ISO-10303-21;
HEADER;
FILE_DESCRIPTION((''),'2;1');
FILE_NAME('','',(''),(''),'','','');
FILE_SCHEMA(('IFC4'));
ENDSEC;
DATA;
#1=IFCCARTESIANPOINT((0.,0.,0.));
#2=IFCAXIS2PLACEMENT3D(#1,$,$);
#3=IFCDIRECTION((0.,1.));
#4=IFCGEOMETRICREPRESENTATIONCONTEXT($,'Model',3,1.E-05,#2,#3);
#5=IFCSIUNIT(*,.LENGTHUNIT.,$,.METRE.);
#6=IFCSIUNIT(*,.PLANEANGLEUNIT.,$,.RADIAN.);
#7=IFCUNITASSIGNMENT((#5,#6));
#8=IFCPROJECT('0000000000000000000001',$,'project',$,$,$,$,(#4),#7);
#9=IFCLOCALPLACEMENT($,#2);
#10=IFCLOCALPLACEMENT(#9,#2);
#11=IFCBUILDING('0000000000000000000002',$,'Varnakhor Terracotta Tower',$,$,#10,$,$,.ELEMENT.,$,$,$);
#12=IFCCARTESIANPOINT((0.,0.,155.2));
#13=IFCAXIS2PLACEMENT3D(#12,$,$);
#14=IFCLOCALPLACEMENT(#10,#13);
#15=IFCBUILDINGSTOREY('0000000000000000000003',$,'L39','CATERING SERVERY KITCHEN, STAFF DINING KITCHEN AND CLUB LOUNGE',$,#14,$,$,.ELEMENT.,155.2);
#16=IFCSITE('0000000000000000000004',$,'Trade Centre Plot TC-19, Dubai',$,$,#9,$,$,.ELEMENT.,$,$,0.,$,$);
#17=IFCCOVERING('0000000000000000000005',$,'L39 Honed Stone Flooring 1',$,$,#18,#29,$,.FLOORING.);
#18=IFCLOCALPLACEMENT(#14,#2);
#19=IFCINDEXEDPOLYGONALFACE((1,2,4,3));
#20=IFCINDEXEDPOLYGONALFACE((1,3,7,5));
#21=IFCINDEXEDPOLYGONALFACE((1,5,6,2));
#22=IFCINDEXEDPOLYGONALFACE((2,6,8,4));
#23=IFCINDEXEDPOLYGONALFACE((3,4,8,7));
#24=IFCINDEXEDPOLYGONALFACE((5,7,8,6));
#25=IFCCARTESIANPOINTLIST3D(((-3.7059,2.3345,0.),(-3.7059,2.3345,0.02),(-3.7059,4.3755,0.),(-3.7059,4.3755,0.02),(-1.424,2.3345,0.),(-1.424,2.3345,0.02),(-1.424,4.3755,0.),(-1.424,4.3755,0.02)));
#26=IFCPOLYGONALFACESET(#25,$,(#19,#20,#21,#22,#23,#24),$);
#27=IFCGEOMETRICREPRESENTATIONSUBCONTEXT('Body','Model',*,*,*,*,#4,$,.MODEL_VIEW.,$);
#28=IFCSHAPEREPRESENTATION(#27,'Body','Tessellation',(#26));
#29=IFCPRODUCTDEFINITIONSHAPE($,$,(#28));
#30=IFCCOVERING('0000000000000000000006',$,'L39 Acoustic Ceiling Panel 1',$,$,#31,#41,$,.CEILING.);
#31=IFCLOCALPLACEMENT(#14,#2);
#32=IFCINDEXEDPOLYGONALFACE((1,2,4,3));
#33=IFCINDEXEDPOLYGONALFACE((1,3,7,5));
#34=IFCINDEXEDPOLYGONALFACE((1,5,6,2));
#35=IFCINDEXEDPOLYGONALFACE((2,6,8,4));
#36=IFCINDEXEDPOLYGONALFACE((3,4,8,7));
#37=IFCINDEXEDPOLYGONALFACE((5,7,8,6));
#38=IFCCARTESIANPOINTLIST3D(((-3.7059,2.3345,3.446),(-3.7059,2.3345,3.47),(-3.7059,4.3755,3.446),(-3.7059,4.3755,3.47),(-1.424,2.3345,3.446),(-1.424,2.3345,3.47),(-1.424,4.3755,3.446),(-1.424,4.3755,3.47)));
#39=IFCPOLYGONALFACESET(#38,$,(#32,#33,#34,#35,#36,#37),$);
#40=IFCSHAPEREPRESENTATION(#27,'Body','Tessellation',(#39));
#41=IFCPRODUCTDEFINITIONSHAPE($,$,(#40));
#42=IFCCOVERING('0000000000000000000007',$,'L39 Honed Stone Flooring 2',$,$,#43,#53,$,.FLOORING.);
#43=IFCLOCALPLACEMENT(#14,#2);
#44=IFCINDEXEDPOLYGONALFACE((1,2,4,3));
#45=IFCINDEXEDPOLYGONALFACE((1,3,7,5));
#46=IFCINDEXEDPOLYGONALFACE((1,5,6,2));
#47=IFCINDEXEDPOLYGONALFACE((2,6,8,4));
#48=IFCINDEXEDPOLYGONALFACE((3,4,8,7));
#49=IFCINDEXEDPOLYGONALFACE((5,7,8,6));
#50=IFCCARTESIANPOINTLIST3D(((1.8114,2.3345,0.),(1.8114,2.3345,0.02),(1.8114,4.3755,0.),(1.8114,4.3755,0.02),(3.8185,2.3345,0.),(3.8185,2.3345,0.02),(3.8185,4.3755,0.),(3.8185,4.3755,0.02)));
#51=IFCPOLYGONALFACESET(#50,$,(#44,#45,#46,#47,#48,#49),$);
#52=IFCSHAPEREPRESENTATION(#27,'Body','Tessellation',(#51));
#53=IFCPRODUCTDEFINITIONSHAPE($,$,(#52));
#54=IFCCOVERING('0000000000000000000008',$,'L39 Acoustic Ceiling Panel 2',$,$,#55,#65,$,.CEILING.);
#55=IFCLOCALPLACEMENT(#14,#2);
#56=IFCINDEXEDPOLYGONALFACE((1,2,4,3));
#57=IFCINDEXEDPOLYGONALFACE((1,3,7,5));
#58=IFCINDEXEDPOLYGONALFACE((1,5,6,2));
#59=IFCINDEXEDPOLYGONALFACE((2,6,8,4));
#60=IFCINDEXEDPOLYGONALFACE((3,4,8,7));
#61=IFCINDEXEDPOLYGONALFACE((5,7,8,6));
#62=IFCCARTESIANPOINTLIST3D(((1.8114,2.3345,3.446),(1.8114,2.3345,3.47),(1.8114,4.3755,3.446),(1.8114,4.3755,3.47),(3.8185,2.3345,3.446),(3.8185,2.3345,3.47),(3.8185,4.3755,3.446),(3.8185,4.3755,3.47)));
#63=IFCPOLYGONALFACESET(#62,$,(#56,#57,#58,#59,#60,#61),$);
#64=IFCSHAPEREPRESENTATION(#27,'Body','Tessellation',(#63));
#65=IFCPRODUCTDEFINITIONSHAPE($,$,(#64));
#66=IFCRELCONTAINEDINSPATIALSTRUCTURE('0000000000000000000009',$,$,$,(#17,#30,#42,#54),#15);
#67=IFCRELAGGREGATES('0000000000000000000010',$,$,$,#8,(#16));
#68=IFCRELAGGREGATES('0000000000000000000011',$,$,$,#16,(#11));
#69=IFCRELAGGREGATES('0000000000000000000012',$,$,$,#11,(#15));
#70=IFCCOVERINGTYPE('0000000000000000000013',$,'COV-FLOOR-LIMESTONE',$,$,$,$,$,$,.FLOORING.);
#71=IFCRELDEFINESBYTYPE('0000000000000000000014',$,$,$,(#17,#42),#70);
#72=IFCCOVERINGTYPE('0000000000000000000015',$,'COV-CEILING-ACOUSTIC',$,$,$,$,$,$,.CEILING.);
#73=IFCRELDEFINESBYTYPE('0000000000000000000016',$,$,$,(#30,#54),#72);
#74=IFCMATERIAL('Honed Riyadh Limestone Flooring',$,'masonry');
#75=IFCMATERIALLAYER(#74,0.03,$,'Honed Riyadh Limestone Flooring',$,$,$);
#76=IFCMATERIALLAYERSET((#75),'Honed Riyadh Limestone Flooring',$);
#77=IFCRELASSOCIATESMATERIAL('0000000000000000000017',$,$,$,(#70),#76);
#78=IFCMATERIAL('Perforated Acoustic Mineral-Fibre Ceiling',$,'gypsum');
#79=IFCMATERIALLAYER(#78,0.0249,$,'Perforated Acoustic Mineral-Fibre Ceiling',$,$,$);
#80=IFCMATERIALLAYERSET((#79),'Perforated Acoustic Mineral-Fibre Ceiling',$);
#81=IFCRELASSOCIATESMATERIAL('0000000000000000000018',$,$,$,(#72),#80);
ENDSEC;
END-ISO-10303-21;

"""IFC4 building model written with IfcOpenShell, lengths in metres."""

from ifc_helpers import new_model, si_unit, direction, frame, origin, origin_2d, place, context, subcontext, project, spatial, rectangle, extrude, source, transform, mapped, material, layer, layer_set, type_object, element, save


model = new_model("IFC4")

# Units and contexts
model_context = context("Model", 3, precision=1e-05, world=origin(), true_north=direction((0.0, 1.0)))
body_context = subcontext(model_context, "Body", "Model", "MODEL_VIEW")
ifc_project = project(units=[si_unit("LENGTHUNIT", "METRE"), si_unit("PLANEANGLEUNIT", "RADIAN")], contexts=[model_context])

# Site, building, storey
site_placement = place(None, origin())
site = spatial("IfcSite", under=ifc_project, at=site_placement, Name="Trade Centre Plot TC-19, Dubai", CompositionType="ELEMENT", RefElevation=0.0)
building_placement = place(site_placement, origin())
building = spatial("IfcBuilding", under=site, at=building_placement, Name="Varnakhor Terracotta Tower", CompositionType="ELEMENT")
storey_placement = place(building_placement, frame((0.0, 0.0, 155.2)))
storey = spatial("IfcBuildingStorey", under=building, at=storey_placement, Name="L39", Description="CATERING SERVERY KITCHEN, STAFF DINING KITCHEN AND CLUB LOUNGE", CompositionType="ELEMENT", Elevation=155.2)

# Coverings
ifc_material_1 = material(Name="Honed Riyadh Limestone Flooring", Category="masonry")
ifc_layer_1 = layer(ifc_material_1, 0.03, Name="Honed Riyadh Limestone Flooring")
ifc_layer_set_1 = layer_set([ifc_layer_1], Name="Honed Riyadh Limestone Flooring")
covering_type_1 = type_object("IfcCoveringType", Name="COV-FLOOR-LIMESTONE", PredefinedType="FLOORING", material=ifc_layer_set_1)
shared_shape_1 = source(origin(), body_context, "Body", "SweptSolid", [
    extrude(rectangle(XDim=2.282, YDim=2.041, at=origin_2d()), origin(), (0.0, 0.0, 1.0), 0.02),
])
covering_1_placement = place(storey_placement, frame((-2.5649, 3.355, 0.0), z_axis=(0.0, 0.0, 1.0), x_axis=(1.0, 0.0, 0.0)))
element("IfcCovering", 1, at=covering_1_placement, inside=storey, type_object=covering_type_1, Name="L39 Honed Stone Flooring 1", PredefinedType="FLOORING", context=body_context, shape_type="MappedRepresentation", body=[
    mapped(shared_shape_1, transform((0.0, 0.0, 0.0), scale=1.0)),
])
ifc_material_2 = material(Name="Perforated Acoustic Mineral-Fibre Ceiling", Category="gypsum")
ifc_layer_2 = layer(ifc_material_2, 0.0249, Name="Perforated Acoustic Mineral-Fibre Ceiling")
ifc_layer_set_2 = layer_set([ifc_layer_2], Name="Perforated Acoustic Mineral-Fibre Ceiling")
covering_type_2 = type_object("IfcCoveringType", Name="COV-CEILING-ACOUSTIC", PredefinedType="CEILING", material=ifc_layer_set_2)
shared_shape_2 = source(origin(), body_context, "Body", "SweptSolid", [
    extrude(rectangle(XDim=2.282, YDim=2.041, at=origin_2d()), origin(), (0.0, 0.0, 1.0), 0.0239),
])
covering_2_placement = place(storey_placement, frame((-2.5649, 3.355, 3.446), z_axis=(0.0, 0.0, 1.0), x_axis=(1.0, 0.0, 0.0)))
element("IfcCovering", 2, at=covering_2_placement, inside=storey, type_object=covering_type_2, Name="L39 Acoustic Ceiling Panel 1", PredefinedType="CEILING", context=body_context, shape_type="MappedRepresentation", body=[
    mapped(shared_shape_2, transform((0.0, 0.0, 0.0), scale=1.0)),
])
shared_shape_3 = source(origin(), body_context, "Body", "SweptSolid", [
    extrude(rectangle(XDim=2.0071, YDim=2.041, at=origin_2d()), origin(), (0.0, 0.0, 1.0), 0.02),
])
covering_3_placement = place(storey_placement, frame((2.8149, 3.355, 0.0), z_axis=(0.0, 0.0, 1.0), x_axis=(1.0, 0.0, 0.0)))
element("IfcCovering", 3, at=covering_3_placement, inside=storey, type_object=covering_type_1, Name="L39 Honed Stone Flooring 2", PredefinedType="FLOORING", context=body_context, shape_type="MappedRepresentation", body=[
    mapped(shared_shape_3, transform((0.0, 0.0, 0.0), scale=1.0)),
])
shared_shape_4 = source(origin(), body_context, "Body", "SweptSolid", [
    extrude(rectangle(XDim=2.0071, YDim=2.041, at=origin_2d()), origin(), (0.0, 0.0, 1.0), 0.0239),
])
covering_4_placement = place(storey_placement, frame((2.8149, 3.355, 3.446), z_axis=(0.0, 0.0, 1.0), x_axis=(1.0, 0.0, 0.0)))
element("IfcCovering", 4, at=covering_4_placement, inside=storey, type_object=covering_type_2, Name="L39 Acoustic Ceiling Panel 2", PredefinedType="CEILING", context=body_context, shape_type="MappedRepresentation", body=[
    mapped(shared_shape_4, transform((0.0, 0.0, 0.0), scale=1.0)),
])

save(model, "model.ifc")
